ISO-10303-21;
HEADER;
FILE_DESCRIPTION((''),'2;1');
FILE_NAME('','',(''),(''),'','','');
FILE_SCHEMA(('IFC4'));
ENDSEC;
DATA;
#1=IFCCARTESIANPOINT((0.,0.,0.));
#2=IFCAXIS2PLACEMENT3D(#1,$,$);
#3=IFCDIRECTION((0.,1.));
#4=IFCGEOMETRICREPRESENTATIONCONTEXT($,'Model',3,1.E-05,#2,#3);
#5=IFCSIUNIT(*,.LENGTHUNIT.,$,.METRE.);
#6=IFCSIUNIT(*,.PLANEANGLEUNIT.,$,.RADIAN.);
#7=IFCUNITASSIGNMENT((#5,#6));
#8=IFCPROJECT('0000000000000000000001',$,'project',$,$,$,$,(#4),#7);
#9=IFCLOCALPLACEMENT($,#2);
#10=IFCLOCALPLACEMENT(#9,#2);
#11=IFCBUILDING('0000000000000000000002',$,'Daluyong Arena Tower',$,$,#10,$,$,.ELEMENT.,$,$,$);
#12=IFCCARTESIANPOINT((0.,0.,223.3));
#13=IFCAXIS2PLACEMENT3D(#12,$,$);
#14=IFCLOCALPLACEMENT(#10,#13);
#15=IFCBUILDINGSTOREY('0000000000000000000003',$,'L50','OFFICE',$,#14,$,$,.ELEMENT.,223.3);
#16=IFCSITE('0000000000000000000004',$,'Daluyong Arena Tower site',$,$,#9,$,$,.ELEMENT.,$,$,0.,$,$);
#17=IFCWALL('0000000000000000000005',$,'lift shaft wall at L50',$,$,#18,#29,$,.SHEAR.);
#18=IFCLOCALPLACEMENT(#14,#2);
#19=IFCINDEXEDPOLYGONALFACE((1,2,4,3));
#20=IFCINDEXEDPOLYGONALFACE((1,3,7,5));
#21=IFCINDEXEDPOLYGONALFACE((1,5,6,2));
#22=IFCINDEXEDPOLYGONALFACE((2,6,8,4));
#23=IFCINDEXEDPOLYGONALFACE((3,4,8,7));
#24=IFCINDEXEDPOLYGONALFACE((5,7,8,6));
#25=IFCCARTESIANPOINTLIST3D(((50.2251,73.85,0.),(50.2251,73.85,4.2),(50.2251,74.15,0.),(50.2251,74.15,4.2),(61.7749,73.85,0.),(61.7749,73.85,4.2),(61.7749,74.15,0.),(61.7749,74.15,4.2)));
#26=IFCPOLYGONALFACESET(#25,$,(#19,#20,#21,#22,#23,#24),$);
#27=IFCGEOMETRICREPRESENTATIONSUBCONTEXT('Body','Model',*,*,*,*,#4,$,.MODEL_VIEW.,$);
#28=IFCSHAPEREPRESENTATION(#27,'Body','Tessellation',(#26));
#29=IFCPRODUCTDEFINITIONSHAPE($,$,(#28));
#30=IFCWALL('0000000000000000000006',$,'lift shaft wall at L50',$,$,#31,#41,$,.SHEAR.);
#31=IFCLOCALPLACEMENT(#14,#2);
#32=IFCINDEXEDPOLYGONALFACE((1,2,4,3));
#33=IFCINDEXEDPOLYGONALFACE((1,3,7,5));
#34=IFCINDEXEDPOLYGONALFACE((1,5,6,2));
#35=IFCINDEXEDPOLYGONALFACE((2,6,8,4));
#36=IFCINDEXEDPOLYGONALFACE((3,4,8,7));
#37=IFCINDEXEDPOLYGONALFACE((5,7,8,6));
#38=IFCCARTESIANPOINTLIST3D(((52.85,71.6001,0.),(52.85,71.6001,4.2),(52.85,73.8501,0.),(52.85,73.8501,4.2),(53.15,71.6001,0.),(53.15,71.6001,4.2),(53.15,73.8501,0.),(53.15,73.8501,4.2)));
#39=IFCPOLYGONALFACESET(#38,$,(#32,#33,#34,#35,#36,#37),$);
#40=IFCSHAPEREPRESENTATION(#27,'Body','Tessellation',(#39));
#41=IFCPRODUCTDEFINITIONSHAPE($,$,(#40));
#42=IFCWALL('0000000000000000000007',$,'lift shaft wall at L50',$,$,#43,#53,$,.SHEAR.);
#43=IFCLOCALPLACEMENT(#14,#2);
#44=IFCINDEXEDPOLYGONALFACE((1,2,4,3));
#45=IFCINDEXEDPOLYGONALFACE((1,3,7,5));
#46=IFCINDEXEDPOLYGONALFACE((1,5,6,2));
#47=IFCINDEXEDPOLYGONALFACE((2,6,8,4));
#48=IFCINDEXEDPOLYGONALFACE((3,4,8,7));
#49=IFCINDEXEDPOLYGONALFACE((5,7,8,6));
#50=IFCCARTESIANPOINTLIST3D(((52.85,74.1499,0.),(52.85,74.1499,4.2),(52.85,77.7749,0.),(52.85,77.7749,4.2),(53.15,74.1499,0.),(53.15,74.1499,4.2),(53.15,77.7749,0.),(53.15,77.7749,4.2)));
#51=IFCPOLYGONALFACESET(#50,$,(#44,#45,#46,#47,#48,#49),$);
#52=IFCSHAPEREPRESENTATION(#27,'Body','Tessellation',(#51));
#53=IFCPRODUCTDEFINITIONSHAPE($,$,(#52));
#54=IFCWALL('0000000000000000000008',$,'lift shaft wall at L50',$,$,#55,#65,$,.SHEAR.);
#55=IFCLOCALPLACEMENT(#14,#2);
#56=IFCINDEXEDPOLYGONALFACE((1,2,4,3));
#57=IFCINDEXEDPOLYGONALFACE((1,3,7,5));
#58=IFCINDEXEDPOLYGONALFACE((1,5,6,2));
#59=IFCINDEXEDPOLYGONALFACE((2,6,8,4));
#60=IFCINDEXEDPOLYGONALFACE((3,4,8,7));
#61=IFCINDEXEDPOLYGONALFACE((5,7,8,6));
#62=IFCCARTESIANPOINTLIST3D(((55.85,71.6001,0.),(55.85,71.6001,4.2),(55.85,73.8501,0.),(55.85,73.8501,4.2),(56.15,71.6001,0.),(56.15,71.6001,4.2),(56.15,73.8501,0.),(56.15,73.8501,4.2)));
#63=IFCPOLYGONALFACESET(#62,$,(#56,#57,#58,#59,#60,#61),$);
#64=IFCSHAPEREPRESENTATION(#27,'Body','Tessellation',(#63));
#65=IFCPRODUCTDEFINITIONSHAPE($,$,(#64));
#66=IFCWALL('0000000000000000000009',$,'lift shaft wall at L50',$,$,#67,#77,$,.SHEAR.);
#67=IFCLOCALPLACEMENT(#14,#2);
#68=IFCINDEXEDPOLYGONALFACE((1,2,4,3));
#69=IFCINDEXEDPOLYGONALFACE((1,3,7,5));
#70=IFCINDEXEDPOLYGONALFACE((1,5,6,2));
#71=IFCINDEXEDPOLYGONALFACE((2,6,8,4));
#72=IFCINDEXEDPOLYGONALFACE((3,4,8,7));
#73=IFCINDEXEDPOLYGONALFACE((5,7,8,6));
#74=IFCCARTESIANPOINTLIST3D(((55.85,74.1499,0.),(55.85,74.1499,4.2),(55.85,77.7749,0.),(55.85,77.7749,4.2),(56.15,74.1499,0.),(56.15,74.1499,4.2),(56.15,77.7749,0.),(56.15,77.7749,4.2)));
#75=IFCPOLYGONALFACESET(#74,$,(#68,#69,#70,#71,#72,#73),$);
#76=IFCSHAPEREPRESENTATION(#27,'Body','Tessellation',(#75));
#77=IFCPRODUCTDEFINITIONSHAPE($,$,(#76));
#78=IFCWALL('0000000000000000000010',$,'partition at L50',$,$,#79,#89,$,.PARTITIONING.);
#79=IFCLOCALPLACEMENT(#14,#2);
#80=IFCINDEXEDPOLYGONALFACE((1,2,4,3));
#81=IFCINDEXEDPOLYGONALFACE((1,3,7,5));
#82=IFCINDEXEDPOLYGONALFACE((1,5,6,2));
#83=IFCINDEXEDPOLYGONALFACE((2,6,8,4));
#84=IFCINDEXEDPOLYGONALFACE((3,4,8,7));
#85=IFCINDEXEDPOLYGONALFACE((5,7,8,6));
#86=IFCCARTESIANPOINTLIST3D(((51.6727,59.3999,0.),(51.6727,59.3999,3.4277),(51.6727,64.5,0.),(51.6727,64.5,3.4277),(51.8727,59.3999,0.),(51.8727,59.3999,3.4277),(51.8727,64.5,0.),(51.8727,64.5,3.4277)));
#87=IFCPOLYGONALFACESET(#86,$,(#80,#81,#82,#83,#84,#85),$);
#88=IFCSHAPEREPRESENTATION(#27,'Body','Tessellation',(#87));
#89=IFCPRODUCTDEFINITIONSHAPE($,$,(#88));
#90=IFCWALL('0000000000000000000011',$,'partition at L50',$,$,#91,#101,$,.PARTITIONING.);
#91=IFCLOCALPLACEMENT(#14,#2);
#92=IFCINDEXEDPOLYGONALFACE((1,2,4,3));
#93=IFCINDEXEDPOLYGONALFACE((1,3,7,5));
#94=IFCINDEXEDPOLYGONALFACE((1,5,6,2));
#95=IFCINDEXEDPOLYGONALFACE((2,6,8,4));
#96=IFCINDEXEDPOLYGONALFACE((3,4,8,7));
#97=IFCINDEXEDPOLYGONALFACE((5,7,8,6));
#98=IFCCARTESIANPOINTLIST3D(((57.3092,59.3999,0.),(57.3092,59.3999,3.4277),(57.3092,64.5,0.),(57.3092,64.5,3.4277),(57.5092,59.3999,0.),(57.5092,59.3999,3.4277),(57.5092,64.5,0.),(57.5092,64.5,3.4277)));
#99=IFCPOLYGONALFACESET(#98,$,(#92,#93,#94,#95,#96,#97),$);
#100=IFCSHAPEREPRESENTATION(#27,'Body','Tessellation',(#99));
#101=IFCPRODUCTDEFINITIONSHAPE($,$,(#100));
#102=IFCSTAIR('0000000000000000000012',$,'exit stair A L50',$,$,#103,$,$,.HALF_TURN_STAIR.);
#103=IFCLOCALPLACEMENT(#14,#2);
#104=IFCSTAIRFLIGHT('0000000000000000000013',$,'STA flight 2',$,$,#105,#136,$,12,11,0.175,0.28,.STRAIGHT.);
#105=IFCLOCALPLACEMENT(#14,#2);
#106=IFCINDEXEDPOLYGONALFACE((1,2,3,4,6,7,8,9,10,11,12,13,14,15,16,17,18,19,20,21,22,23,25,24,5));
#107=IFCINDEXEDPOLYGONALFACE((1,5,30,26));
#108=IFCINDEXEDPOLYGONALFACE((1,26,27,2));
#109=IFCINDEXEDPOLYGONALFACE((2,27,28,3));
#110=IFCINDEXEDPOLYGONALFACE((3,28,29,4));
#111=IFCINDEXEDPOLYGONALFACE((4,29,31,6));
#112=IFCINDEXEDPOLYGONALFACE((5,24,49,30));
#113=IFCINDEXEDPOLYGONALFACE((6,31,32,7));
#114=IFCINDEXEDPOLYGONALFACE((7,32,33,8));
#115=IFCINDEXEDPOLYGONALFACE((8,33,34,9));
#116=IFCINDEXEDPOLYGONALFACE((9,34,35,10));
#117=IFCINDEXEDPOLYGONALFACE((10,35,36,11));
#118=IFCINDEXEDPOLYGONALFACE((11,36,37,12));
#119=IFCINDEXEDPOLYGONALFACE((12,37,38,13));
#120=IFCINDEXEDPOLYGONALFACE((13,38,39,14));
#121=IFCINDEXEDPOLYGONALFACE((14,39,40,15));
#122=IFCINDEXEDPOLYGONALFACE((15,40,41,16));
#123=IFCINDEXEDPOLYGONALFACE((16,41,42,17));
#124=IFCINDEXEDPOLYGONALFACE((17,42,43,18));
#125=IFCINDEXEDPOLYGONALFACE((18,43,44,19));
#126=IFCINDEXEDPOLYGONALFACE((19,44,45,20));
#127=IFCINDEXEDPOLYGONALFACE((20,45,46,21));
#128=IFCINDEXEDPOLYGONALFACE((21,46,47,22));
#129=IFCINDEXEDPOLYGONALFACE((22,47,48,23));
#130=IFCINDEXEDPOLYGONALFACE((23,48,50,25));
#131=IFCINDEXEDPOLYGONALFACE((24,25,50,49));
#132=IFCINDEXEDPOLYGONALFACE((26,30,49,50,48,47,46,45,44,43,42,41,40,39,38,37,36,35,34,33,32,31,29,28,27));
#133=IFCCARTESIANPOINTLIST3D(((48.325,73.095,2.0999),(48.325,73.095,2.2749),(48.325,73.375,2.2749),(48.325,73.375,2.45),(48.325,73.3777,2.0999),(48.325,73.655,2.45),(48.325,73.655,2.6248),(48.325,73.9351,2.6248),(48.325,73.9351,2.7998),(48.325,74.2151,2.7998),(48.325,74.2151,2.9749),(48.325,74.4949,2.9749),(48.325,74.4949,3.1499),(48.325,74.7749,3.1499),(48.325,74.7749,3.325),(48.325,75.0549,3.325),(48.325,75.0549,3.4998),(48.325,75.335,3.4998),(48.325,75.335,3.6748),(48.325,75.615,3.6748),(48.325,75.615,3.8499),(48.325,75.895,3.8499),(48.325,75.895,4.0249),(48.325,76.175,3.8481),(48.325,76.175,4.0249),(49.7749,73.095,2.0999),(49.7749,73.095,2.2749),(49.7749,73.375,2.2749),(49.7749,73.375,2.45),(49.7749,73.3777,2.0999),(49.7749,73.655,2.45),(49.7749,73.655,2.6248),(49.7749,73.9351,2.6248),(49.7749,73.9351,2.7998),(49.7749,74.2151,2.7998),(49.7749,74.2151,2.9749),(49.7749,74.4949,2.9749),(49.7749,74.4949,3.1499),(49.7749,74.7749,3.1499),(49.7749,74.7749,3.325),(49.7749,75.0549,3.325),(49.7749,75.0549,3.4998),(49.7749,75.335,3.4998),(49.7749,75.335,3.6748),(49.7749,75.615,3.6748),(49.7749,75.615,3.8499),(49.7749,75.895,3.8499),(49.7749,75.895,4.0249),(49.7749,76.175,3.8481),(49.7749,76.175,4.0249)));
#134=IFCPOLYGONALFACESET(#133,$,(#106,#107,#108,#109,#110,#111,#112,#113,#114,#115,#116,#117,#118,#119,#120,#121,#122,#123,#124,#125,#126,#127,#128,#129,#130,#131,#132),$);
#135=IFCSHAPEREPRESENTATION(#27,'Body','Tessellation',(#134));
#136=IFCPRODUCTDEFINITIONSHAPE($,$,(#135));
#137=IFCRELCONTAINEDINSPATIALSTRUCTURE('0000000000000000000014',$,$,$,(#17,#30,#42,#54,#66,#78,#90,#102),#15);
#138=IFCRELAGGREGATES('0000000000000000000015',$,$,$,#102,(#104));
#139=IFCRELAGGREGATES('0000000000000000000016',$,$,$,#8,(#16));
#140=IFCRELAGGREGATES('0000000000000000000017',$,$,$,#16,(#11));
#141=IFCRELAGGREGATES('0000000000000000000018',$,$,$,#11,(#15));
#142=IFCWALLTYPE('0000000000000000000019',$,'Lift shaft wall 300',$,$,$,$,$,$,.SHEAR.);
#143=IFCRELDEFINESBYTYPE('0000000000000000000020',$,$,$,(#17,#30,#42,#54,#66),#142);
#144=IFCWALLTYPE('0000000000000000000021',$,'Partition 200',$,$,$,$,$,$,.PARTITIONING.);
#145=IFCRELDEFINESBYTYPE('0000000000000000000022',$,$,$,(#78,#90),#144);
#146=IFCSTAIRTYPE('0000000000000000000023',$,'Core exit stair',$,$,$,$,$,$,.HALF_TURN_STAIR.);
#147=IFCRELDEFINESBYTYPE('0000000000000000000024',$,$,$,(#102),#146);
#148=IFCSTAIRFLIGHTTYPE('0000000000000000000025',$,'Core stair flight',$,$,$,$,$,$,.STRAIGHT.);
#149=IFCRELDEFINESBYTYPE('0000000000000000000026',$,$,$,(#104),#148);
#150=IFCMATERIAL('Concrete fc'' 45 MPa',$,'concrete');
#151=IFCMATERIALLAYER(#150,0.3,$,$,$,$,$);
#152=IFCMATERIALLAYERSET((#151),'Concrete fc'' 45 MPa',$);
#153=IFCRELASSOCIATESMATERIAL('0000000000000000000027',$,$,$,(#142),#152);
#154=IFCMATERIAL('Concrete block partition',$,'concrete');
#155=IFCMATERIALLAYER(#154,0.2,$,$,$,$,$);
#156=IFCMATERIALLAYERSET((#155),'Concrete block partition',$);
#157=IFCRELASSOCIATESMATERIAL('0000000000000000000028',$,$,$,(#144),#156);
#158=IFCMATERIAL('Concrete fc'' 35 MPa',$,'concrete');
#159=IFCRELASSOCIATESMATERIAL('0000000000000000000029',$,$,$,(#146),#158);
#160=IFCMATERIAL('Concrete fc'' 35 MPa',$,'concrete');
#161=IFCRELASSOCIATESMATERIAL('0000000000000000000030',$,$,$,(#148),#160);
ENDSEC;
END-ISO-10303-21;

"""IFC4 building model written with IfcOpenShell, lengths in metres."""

from ifc_helpers import new_model, si_unit, direction, frame, frame_2d, origin, place, context, subcontext, project, spatial, polyline, rectangle, outline, extrude, material, layer, layer_set, type_object, element, aggregate, save


model = new_model("IFC4")

# Units and contexts
model_context = context("Model", 3, precision=1e-05, world=origin(), true_north=direction((0.0, 1.0)))
body_context = subcontext(model_context, "Body", "Model", "MODEL_VIEW")
ifc_project = project(units=[si_unit("LENGTHUNIT", "METRE"), si_unit("PLANEANGLEUNIT", "RADIAN")], contexts=[model_context])

# Site, building, storey
site_placement = place(None, origin())
site = spatial("IfcSite", under=ifc_project, at=site_placement, Name="Daluyong Arena Tower site", CompositionType="ELEMENT", RefElevation=0.0)
building_placement = place(site_placement, origin())
building = spatial("IfcBuilding", under=site, at=building_placement, Name="Daluyong Arena Tower", CompositionType="ELEMENT")
storey_placement = place(building_placement, frame((0.0, 0.0, 223.3)))
storey = spatial("IfcBuildingStorey", under=building, at=storey_placement, Name="L50", Description="OFFICE", CompositionType="ELEMENT", Elevation=223.3)

# Walls
ifc_material_1 = material(Name="Concrete fc' 45 MPa", Category="concrete")
ifc_layer_1 = layer(ifc_material_1, 0.3)
ifc_layer_set_1 = layer_set([ifc_layer_1], Name="Concrete fc' 45 MPa")
wall_type_1 = type_object("IfcWallType", Name="Lift shaft wall 300", PredefinedType="SHEAR", material=ifc_layer_set_1)
wall_1_placement = place(storey_placement, frame((50.2251, 74.0, 0.0), z_axis=(0.0, 0.0, 1.0), x_axis=(1.0, 0.0, 0.0)))
element("IfcWall", 1, at=wall_1_placement, inside=storey, type_object=wall_type_1, Name="lift shaft wall at L50", PredefinedType="SHEAR", context=body_context, shape_type="SweptSolid", body=[
    extrude(rectangle(XDim=11.5498, YDim=0.3, at=frame_2d((5.7749, 0.0))), origin(), (0.0, 0.0, 1.0), 4.2),
])
wall_2_placement = place(storey_placement, frame((53.0, 71.6001, 0.0), z_axis=(0.0, 0.0, 1.0), x_axis=(0.0, 1.0, 0.0)))
element("IfcWall", 2, at=wall_2_placement, inside=storey, type_object=wall_type_1, Name="lift shaft wall at L50", PredefinedType="SHEAR", context=body_context, shape_type="SweptSolid", body=[
    extrude(rectangle(XDim=2.25, YDim=0.3, at=frame_2d((1.125, 0.0))), origin(), (0.0, 0.0, 1.0), 4.2),
])
wall_3_placement = place(storey_placement, frame((53.0, 74.1499, 0.0), z_axis=(0.0, 0.0, 1.0), x_axis=(0.0, 1.0, 0.0)))
element("IfcWall", 3, at=wall_3_placement, inside=storey, type_object=wall_type_1, Name="lift shaft wall at L50", PredefinedType="SHEAR", context=body_context, shape_type="SweptSolid", body=[
    extrude(rectangle(XDim=3.625, YDim=0.3, at=frame_2d((1.8125, 0.0))), origin(), (0.0, 0.0, 1.0), 4.2),
])
wall_4_placement = place(storey_placement, frame((56.0, 71.6001, 0.0), z_axis=(0.0, 0.0, 1.0), x_axis=(0.0, 1.0, 0.0)))
element("IfcWall", 4, at=wall_4_placement, inside=storey, type_object=wall_type_1, Name="lift shaft wall at L50", PredefinedType="SHEAR", context=body_context, shape_type="SweptSolid", body=[
    extrude(rectangle(XDim=2.25, YDim=0.3, at=frame_2d((1.125, 0.0))), origin(), (0.0, 0.0, 1.0), 4.2),
])
wall_5_placement = place(storey_placement, frame((56.0, 74.1499, 0.0), z_axis=(0.0, 0.0, 1.0), x_axis=(0.0, 1.0, 0.0)))
element("IfcWall", 5, at=wall_5_placement, inside=storey, type_object=wall_type_1, Name="lift shaft wall at L50", PredefinedType="SHEAR", context=body_context, shape_type="SweptSolid", body=[
    extrude(rectangle(XDim=3.625, YDim=0.3, at=frame_2d((1.8125, 0.0))), origin(), (0.0, 0.0, 1.0), 4.2),
])
ifc_material_2 = material(Name="Concrete block partition", Category="concrete")
ifc_layer_2 = layer(ifc_material_2, 0.2)
ifc_layer_set_2 = layer_set([ifc_layer_2], Name="Concrete block partition")
wall_type_2 = type_object("IfcWallType", Name="Partition 200", PredefinedType="PARTITIONING", material=ifc_layer_set_2)
for number, where, z_axis, x_axis, name in (
    (6, (51.7727, 59.3999, 0.0), (0.0, 0.0, 1.0), (0.0, 1.0, 0.0), "partition at L50"),
    (7, (57.4092, 59.3999, 0.0), (0.0, 0.0, 1.0), (0.0, 1.0, 0.0), "partition at L50"),
):
    element("IfcWall", number, at=place(storey_placement, frame(where, z_axis=z_axis, x_axis=x_axis)), inside=storey, type_object=wall_type_2, Name=name, PredefinedType="PARTITIONING", context=body_context, shape_type="SweptSolid", body=[
        extrude(rectangle(XDim=5.1001, YDim=0.2, at=frame_2d((2.55, 0.0))), origin(), (0.0, 0.0, 1.0), 3.4277),
    ])

# Stair, stair flight
ifc_material_3 = material(Name="Concrete fc' 35 MPa", Category="concrete")
stair_type = type_object("IfcStairType", Name="Core exit stair", PredefinedType="HALF_TURN_STAIR", material=ifc_material_3)
stair_placement = place(storey_placement, origin())
stair = element("IfcStair", 8, at=stair_placement, inside=storey, type_object=stair_type, Name="exit stair A L50", PredefinedType="HALF_TURN_STAIR")
ifc_material_4 = material(Name="Concrete fc' 35 MPa", Category="concrete")
stair_flight_type = type_object("IfcStairFlightType", Name="Core stair flight", PredefinedType="STRAIGHT", material=ifc_material_4)
stair_flight_placement = place(storey_placement, frame((49.05, 73.095, 2.0999), z_axis=(0.0, 0.0, 1.0), x_axis=(0.0, 1.0, 0.0)))
stair_flight = element("IfcStairFlight", 9, at=stair_flight_placement, type_object=stair_flight_type, Name="STA flight 2", NumberOfRisers=12, NumberOfTreads=11, PredefinedType="STRAIGHT", RiserHeight=0.175, TreadLength=0.28, context=body_context, shape_type="SweptSolid", body=[
    extrude(outline(polyline([(0.0, 0.0), (0.0, 0.175), (0.28, 0.175), (0.28, 0.3501), (0.5601, 0.3501), (0.5601, 0.5249), (0.8401, 0.5249), (0.8401, 0.7), (1.1201, 0.7), (1.1201, 0.875), (1.3999, 0.875), (1.3999, 1.05), (1.6799, 1.05), (1.6799, 1.2251), (1.96, 1.2251), (1.96, 1.3999), (2.24, 1.3999), (2.24, 1.575), (2.52, 1.575), (2.52, 1.75), (2.8, 1.75), (2.8, 1.925), (3.0801, 1.925), (3.0801, 2.1001), (3.0801, 1.7483), (0.2827, 0.0), (0.0, 0.0)])), frame((0.0, 0.7251, 0.0), z_axis=(0.0, -1.0, 0.0), x_axis=(1.0, 0.0, 0.0)), (0.0, 0.0, 1.0), 1.45),
])
aggregate(stair, [stair_flight])

save(model, "model.ifc")
